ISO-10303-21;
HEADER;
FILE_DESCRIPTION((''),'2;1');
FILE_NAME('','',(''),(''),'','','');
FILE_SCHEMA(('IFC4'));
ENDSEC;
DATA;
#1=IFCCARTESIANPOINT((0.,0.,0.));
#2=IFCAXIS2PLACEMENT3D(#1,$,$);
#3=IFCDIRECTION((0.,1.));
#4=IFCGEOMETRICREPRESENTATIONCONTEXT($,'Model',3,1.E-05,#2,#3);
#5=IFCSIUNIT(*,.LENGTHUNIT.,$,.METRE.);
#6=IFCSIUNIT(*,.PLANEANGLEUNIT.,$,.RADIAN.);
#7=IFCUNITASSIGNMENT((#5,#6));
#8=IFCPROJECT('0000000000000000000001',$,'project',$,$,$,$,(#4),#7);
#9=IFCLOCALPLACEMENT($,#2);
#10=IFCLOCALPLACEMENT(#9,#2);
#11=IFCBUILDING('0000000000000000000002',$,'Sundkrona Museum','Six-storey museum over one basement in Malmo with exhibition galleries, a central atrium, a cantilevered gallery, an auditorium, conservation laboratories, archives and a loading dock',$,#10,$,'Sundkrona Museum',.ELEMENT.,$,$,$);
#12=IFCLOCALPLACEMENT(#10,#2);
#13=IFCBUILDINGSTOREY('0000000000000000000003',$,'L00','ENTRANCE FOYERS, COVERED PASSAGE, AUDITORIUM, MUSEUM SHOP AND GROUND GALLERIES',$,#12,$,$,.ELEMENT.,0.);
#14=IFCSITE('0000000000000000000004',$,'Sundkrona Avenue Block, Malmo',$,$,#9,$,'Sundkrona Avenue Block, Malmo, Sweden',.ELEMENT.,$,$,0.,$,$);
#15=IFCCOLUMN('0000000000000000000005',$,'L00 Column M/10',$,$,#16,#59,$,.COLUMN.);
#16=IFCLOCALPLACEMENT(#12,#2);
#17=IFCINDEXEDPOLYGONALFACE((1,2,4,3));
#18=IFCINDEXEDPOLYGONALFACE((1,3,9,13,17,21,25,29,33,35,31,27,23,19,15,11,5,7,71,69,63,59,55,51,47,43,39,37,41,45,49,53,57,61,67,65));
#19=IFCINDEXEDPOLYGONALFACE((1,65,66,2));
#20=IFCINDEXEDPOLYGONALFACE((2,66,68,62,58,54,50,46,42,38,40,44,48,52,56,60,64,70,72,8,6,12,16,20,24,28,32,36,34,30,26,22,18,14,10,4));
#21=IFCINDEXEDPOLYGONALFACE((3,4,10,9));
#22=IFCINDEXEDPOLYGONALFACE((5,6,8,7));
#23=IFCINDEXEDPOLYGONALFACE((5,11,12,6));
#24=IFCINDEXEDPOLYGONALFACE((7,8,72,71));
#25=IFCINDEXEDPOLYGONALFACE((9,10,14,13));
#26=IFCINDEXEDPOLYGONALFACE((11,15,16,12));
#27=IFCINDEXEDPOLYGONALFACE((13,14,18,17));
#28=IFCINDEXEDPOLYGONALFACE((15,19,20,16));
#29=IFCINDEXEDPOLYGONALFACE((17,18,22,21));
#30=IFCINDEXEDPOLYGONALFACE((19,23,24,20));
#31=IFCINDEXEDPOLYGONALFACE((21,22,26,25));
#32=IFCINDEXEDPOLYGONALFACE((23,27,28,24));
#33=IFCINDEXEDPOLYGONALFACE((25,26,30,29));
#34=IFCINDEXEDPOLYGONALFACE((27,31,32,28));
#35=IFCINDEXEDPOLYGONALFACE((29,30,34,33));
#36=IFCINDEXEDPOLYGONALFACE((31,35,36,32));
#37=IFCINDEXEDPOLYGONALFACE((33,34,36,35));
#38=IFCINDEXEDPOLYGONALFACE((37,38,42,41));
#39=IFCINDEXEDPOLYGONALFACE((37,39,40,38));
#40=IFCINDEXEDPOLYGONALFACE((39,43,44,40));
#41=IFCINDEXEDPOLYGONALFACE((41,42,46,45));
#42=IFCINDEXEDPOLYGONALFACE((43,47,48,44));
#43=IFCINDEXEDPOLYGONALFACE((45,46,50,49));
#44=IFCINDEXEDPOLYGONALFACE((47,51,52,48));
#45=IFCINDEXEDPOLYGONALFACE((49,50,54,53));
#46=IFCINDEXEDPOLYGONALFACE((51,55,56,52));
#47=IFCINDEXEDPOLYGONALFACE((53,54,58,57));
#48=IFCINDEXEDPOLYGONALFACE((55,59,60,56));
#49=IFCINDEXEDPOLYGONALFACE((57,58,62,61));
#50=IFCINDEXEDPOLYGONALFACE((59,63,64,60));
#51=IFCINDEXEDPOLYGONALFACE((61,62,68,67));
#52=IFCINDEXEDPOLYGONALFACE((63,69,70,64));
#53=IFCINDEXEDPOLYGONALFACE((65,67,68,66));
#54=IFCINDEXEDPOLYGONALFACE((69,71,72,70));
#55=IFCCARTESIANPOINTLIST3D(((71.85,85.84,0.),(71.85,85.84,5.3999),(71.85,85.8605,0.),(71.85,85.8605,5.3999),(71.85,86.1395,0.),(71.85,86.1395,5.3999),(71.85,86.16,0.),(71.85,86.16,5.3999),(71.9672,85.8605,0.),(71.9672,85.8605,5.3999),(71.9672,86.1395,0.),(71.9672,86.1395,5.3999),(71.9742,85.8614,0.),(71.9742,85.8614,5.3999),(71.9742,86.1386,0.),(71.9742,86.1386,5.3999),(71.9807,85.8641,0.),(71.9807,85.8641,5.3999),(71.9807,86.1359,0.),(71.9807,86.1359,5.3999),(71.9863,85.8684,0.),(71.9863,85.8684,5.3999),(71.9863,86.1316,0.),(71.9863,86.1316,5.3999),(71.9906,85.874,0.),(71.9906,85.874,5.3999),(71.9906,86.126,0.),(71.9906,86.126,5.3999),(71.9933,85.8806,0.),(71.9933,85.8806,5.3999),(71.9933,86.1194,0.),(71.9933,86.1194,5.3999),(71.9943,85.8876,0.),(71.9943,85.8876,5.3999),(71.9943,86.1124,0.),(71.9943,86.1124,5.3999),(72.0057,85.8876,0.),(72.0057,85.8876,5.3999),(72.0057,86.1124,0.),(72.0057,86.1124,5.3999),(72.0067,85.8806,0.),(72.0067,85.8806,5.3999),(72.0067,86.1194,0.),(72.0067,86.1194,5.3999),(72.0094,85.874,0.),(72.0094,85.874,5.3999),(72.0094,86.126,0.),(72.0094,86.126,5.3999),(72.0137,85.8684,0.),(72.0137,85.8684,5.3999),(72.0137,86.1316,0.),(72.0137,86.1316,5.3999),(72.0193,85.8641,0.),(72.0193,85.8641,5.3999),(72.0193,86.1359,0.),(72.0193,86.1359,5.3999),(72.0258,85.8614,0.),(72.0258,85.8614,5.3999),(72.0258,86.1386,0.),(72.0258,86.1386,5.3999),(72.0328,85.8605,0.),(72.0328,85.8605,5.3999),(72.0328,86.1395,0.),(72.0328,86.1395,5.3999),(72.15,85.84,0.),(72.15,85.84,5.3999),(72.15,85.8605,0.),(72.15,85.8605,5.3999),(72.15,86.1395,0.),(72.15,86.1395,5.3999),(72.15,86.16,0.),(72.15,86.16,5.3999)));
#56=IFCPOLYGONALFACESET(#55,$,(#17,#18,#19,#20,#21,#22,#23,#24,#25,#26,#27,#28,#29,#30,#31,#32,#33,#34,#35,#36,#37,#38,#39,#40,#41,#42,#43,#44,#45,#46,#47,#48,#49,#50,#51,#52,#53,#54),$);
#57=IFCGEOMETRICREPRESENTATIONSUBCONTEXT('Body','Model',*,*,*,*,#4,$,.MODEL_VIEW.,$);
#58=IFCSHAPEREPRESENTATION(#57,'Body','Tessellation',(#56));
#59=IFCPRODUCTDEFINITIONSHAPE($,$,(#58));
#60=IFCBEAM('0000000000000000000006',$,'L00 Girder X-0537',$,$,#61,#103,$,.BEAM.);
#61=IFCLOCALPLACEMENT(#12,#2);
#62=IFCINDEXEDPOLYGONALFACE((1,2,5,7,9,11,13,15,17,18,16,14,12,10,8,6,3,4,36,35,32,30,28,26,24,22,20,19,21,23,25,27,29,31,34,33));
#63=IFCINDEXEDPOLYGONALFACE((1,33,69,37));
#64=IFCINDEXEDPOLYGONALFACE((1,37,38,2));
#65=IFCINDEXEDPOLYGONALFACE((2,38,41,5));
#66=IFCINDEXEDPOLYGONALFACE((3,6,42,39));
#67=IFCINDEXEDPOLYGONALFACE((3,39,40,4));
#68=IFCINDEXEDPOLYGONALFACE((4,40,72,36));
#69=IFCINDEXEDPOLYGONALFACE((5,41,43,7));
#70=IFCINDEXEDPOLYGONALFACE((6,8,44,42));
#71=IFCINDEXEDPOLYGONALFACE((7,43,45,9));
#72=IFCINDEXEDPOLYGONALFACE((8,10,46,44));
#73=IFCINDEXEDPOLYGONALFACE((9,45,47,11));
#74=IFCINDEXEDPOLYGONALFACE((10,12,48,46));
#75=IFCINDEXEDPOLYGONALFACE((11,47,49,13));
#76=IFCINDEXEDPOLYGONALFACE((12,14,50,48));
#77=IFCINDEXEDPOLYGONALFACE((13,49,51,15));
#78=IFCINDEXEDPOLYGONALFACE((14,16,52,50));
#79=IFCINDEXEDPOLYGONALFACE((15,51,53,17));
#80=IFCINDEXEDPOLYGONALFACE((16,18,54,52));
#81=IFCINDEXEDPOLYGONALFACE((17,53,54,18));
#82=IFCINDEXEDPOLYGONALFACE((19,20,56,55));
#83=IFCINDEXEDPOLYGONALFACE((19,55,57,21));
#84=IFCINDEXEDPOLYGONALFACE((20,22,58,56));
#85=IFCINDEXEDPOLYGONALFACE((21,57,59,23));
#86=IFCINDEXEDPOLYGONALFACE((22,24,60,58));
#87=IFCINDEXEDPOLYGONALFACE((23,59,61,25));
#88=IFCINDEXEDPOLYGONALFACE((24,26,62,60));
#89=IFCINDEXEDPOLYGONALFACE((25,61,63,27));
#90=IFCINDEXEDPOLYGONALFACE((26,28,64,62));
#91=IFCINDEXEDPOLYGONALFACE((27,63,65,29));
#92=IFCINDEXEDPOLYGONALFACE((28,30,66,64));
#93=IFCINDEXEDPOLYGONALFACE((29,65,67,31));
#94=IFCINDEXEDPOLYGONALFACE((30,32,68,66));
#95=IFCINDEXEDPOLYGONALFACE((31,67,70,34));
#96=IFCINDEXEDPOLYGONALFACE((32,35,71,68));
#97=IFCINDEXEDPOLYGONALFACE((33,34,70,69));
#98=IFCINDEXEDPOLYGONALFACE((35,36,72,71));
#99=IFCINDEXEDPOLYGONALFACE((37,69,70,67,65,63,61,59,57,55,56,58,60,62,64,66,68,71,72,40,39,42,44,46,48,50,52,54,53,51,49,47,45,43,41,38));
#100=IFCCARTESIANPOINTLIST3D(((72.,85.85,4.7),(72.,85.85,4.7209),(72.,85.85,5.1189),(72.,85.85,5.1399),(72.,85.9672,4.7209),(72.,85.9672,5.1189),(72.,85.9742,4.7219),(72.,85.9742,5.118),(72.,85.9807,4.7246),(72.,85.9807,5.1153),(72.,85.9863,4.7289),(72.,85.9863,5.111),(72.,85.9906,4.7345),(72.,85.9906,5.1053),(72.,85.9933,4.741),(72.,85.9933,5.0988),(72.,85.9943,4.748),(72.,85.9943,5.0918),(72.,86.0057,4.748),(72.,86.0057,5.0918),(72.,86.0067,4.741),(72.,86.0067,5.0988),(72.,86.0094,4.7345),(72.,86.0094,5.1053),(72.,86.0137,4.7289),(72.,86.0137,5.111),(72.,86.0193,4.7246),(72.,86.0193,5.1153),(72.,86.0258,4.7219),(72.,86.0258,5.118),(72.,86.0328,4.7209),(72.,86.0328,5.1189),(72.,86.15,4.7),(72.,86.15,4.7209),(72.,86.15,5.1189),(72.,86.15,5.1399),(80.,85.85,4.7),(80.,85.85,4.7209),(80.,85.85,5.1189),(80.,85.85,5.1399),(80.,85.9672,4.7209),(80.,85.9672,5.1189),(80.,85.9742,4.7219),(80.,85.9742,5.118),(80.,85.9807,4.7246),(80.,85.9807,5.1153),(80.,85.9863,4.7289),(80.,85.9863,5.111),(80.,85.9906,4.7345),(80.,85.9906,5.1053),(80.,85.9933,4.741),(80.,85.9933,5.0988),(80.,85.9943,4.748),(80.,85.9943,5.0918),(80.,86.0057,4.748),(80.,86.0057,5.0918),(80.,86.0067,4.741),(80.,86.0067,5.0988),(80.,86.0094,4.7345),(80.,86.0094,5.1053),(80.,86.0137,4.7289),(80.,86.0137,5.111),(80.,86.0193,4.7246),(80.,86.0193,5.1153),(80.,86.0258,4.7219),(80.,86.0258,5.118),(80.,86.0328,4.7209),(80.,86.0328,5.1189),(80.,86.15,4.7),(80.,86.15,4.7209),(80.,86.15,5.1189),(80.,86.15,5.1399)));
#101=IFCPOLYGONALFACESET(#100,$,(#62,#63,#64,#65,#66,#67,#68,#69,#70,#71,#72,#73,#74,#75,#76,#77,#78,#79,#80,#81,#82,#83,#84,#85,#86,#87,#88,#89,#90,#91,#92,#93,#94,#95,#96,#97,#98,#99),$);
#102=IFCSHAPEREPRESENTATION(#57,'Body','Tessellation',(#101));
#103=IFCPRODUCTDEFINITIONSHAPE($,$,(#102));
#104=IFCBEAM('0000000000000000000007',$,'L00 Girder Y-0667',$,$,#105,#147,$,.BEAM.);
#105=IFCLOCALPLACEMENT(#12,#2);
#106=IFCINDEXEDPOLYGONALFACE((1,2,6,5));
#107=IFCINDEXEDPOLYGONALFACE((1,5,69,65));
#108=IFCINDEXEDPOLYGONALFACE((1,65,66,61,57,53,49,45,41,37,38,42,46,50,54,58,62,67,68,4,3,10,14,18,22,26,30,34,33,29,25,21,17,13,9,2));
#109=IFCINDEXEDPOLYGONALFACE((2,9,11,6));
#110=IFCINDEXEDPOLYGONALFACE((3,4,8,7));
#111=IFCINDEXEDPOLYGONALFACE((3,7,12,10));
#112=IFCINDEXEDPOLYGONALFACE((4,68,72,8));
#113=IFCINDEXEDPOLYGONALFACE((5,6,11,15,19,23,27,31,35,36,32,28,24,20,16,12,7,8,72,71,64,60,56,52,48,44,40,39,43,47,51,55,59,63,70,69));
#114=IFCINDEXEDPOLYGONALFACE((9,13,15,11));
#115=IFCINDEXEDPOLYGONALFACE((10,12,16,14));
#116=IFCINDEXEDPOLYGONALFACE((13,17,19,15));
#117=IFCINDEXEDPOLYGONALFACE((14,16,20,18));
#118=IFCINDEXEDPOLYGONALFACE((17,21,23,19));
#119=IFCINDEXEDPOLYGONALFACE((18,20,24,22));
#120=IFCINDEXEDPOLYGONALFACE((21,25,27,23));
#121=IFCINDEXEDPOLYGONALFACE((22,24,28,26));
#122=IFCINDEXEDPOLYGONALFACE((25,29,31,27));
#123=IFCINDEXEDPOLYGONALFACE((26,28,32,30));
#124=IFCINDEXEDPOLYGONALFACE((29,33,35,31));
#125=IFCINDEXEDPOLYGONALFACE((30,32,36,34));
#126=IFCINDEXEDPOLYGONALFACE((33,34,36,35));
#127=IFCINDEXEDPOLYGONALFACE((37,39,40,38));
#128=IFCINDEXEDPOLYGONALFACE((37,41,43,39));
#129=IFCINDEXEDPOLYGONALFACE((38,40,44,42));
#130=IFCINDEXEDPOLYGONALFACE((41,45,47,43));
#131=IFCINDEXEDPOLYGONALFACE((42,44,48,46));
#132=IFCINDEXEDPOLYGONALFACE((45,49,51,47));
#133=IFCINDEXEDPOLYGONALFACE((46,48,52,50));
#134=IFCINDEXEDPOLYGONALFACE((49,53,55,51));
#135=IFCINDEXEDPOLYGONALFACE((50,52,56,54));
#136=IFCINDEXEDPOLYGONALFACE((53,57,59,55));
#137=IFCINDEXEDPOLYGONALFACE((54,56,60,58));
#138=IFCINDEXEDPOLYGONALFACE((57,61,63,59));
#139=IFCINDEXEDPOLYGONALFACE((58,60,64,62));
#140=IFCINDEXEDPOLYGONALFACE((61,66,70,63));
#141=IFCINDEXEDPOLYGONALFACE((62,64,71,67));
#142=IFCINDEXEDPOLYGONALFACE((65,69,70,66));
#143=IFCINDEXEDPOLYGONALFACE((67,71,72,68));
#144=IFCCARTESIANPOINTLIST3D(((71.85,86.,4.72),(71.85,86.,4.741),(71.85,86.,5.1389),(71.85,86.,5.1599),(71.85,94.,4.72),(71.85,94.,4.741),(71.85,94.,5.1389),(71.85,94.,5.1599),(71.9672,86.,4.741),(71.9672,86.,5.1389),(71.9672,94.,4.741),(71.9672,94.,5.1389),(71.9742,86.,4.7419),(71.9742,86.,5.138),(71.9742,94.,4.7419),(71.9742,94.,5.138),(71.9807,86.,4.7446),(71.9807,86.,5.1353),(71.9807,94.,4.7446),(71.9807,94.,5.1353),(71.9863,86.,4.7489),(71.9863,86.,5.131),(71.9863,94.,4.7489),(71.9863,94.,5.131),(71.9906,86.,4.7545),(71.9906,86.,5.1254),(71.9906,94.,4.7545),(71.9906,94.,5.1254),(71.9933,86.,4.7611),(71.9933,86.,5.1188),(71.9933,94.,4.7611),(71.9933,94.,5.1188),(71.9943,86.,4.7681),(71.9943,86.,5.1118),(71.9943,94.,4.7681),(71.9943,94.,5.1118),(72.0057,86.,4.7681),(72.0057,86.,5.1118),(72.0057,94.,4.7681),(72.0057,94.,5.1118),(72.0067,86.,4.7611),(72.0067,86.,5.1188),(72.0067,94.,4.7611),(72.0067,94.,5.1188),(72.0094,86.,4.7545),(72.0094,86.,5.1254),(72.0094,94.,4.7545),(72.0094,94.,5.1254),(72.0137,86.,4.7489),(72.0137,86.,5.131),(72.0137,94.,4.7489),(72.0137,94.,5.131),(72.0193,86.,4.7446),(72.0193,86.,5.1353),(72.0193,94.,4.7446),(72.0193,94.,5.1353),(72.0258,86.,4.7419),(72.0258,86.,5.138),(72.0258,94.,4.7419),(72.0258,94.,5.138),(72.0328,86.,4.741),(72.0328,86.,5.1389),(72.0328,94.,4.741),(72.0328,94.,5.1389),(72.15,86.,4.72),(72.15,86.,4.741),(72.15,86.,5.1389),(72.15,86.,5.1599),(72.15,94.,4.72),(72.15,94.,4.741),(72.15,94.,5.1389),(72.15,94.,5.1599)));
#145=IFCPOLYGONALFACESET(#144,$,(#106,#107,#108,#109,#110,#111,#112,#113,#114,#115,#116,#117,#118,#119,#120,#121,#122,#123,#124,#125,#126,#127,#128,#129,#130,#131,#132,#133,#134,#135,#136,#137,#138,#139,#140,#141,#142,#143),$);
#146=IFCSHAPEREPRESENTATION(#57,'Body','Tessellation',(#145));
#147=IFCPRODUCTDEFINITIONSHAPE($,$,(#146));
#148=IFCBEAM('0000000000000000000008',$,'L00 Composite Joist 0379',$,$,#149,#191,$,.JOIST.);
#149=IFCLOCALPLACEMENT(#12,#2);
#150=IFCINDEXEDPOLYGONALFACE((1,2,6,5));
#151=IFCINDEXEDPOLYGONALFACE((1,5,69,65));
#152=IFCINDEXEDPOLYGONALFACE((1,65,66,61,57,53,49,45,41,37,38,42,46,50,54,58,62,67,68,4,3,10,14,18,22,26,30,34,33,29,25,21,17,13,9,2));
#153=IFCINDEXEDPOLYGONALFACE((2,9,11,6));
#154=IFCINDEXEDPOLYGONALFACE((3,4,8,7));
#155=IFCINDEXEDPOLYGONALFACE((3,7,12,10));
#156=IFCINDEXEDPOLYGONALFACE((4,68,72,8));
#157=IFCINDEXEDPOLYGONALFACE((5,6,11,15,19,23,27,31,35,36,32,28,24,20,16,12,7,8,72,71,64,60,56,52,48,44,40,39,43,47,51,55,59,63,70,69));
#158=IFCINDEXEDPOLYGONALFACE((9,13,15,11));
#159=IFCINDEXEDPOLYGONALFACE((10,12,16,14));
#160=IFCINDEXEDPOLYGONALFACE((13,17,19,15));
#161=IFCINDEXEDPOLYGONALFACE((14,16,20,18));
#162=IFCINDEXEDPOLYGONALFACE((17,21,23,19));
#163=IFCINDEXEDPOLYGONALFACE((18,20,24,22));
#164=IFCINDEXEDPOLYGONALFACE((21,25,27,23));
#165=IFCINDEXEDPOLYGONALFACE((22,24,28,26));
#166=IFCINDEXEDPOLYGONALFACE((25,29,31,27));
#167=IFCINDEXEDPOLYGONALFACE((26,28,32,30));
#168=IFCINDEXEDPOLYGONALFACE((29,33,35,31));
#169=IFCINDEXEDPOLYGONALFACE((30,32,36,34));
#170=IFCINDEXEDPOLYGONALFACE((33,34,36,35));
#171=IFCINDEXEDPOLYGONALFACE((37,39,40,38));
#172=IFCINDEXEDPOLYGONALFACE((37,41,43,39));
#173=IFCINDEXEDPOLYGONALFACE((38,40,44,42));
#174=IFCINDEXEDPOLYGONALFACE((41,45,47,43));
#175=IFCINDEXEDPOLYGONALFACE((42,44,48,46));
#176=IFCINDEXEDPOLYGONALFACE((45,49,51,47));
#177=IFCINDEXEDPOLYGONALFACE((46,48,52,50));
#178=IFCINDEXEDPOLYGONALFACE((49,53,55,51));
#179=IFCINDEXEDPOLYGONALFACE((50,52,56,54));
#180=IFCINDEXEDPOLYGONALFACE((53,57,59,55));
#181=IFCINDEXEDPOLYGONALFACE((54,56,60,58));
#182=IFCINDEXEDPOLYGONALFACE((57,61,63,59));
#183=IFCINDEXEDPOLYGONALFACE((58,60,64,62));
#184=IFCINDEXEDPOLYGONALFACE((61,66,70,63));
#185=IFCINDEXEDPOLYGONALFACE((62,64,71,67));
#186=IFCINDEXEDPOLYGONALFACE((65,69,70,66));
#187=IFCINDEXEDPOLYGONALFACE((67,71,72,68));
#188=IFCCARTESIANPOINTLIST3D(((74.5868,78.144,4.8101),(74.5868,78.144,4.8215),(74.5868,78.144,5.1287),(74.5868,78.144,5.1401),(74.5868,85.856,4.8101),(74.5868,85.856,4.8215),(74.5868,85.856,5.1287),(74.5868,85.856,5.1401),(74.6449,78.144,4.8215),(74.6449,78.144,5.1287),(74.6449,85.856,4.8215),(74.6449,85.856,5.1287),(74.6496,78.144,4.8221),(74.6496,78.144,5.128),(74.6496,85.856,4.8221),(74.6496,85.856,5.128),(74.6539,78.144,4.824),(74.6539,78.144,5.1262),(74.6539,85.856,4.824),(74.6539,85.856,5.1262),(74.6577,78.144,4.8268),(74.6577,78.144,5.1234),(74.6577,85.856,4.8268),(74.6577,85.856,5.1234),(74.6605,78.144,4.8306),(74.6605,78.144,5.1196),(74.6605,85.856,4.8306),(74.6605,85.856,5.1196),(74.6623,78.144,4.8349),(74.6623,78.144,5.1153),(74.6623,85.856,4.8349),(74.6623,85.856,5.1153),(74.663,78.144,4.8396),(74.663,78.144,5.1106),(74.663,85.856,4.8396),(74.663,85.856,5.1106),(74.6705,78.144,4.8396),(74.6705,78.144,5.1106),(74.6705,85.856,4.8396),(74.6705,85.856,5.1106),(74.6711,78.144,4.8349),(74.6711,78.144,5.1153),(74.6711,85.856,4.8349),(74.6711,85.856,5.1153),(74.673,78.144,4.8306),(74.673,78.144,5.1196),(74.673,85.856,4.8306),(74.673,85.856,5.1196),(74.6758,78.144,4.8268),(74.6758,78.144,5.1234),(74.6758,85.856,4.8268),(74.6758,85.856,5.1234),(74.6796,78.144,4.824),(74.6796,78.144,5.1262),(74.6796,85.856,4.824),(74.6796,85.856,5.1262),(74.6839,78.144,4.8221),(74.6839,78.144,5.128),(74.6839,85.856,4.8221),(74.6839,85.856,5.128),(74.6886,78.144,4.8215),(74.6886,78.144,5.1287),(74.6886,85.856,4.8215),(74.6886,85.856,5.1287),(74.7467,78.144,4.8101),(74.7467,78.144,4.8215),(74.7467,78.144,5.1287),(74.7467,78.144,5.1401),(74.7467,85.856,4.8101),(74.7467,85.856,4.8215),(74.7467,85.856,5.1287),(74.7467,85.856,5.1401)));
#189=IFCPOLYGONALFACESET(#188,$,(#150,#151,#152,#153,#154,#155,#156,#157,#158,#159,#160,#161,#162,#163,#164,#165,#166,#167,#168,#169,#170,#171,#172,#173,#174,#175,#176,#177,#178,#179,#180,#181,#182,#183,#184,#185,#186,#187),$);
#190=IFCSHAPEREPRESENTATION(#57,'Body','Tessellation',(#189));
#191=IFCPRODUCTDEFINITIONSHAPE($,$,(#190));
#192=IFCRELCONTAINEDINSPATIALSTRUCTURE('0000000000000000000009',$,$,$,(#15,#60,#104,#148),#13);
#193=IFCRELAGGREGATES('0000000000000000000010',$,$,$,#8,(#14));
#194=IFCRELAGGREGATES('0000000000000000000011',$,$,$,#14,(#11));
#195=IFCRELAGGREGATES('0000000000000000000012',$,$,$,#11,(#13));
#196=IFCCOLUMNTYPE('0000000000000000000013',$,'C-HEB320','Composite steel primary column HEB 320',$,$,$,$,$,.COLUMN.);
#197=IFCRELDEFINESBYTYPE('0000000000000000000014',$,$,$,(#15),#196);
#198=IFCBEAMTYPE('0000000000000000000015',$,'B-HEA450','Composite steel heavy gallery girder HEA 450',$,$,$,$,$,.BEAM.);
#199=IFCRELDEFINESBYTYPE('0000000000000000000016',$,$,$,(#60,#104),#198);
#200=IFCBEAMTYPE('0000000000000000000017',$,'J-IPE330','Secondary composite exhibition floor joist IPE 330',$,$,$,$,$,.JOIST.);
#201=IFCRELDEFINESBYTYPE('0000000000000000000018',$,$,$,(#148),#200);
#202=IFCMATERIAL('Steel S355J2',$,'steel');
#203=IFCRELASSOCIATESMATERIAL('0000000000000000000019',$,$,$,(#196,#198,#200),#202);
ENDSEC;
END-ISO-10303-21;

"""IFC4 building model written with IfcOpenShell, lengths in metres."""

from ifc_helpers import new_model, si_unit, direction, frame, origin, origin_2d, place, context, subcontext, project, spatial, i_section, extrude, material, material_profile, profile_set, type_object, element, save


model = new_model("IFC4")

# Units and contexts
model_context = context("Model", 3, precision=1e-05, world=origin(), true_north=direction((0.0, 1.0)))
body_context = subcontext(model_context, "Body", "Model", "MODEL_VIEW")
ifc_project = project(units=[si_unit("LENGTHUNIT", "METRE"), si_unit("PLANEANGLEUNIT", "RADIAN")], contexts=[model_context])

# Site, building, storey
site_placement = place(None, origin())
site = spatial("IfcSite", under=ifc_project, at=site_placement, Name="Sundkrona Avenue Block, Malmo", LongName="Sundkrona Avenue Block, Malmo, Sweden", CompositionType="ELEMENT", RefElevation=0.0)
building_placement = place(site_placement, origin())
building = spatial("IfcBuilding", under=site, at=building_placement, Name="Sundkrona Museum", Description="Six-storey museum over one basement in Malmo with exhibition galleries, a central atrium, a cantilevered gallery, an auditorium, conservation laboratories, archives and a loading dock", LongName="Sundkrona Museum", CompositionType="ELEMENT")
storey_placement = place(building_placement, origin())
storey = spatial("IfcBuildingStorey", under=building, at=storey_placement, Name="L00", Description="ENTRANCE FOYERS, COVERED PASSAGE, AUDITORIUM, MUSEUM SHOP AND GROUND GALLERIES", CompositionType="ELEMENT", Elevation=0.0)

# Column
ifc_material_1 = material(Name="Steel S355J2", Category="steel")
ifc_material_profile_1 = material_profile(ifc_material_1, i_section(OverallWidth=0.3, OverallDepth=0.3201, WebThickness=0.0115, FlangeThickness=0.0205, FilletRadius=0.0271, at=origin_2d()), Name="HEB 320")
ifc_profile_set_1 = profile_set([ifc_material_profile_1], Name="Steel S355J2")
column_type = type_object("IfcColumnType", Name="C-HEB320", Description="Composite steel primary column HEB 320", PredefinedType="COLUMN", material=ifc_profile_set_1)
column_placement = place(storey_placement, frame((72.0, 86.0, 0.0), z_axis=(0.0, 0.0, 1.0), x_axis=(1.0, 0.0, 0.0)))
element("IfcColumn", 1, at=column_placement, inside=storey, type_object=column_type, Name="L00 Column M/10", PredefinedType="COLUMN", context=body_context, shape_type="SweptSolid", body=[
    extrude(i_section(OverallWidth=0.3, OverallDepth=0.3201, WebThickness=0.0115, FlangeThickness=0.0205, FilletRadius=0.0271, at=origin_2d()), origin(), (0.0, 0.0, 1.0), 5.3999),
])

# Beams
ifc_material_profile_2 = material_profile(ifc_material_1, i_section(OverallWidth=0.3, OverallDepth=0.4399, WebThickness=0.0115, FlangeThickness=0.021, FilletRadius=0.0271, at=origin_2d()), Name="HEA 450")
ifc_profile_set_2 = profile_set([ifc_material_profile_2], Name="Steel S355J2")
beam_type_1 = type_object("IfcBeamType", Name="B-HEA450", Description="Composite steel heavy gallery girder HEA 450", PredefinedType="BEAM", material=ifc_profile_set_2)
for number, where, z_axis, x_axis, name in (
    (2, (72.0, 86.0, 4.9199), (1.0, 0.0, 0.0), (0.0, 1.0, 0.0), "L00 Girder X-0537"),
    (3, (72.0, 86.0, 4.9399), (0.0, 1.0, 0.0), (-1.0, 0.0, 0.0), "L00 Girder Y-0667"),
):
    element("IfcBeam", number, at=place(storey_placement, frame(where, z_axis=z_axis, x_axis=x_axis)), inside=storey, type_object=beam_type_1, Name=name, PredefinedType="BEAM", context=body_context, shape_type="SweptSolid", body=[
        extrude(i_section(OverallWidth=0.3, OverallDepth=0.4399, WebThickness=0.0115, FlangeThickness=0.021, FilletRadius=0.0271, at=origin_2d()), origin(), (0.0, 0.0, 1.0), 8.0),
    ])
ifc_material_profile_3 = material_profile(ifc_material_1, i_section(OverallWidth=0.1599, OverallDepth=0.3301, WebThickness=0.0076, FlangeThickness=0.0115, FilletRadius=0.0181, at=origin_2d()), Name="IPE 330")
ifc_profile_set_3 = profile_set([ifc_material_profile_3], Name="Steel S355J2")
beam_type_2 = type_object("IfcBeamType", Name="J-IPE330", Description="Secondary composite exhibition floor joist IPE 330", PredefinedType="JOIST", material=ifc_profile_set_3)
for number, where, z_axis, x_axis, name in (
    (4, (74.6667, 78.144, 4.9751), (0.0, 1.0, 0.0), (-1.0, 0.0, 0.0), "L00 Composite Joist 0379"),
):
    element("IfcBeam", number, at=place(storey_placement, frame(where, z_axis=z_axis, x_axis=x_axis)), inside=storey, type_object=beam_type_2, Name=name, PredefinedType="JOIST", context=body_context, shape_type="SweptSolid", body=[
        extrude(i_section(OverallWidth=0.1599, OverallDepth=0.3301, WebThickness=0.0076, FlangeThickness=0.0115, FilletRadius=0.0181, at=origin_2d()), origin(), (0.0, 0.0, 1.0), 7.7119),
    ])

save(model, "model.ifc")
